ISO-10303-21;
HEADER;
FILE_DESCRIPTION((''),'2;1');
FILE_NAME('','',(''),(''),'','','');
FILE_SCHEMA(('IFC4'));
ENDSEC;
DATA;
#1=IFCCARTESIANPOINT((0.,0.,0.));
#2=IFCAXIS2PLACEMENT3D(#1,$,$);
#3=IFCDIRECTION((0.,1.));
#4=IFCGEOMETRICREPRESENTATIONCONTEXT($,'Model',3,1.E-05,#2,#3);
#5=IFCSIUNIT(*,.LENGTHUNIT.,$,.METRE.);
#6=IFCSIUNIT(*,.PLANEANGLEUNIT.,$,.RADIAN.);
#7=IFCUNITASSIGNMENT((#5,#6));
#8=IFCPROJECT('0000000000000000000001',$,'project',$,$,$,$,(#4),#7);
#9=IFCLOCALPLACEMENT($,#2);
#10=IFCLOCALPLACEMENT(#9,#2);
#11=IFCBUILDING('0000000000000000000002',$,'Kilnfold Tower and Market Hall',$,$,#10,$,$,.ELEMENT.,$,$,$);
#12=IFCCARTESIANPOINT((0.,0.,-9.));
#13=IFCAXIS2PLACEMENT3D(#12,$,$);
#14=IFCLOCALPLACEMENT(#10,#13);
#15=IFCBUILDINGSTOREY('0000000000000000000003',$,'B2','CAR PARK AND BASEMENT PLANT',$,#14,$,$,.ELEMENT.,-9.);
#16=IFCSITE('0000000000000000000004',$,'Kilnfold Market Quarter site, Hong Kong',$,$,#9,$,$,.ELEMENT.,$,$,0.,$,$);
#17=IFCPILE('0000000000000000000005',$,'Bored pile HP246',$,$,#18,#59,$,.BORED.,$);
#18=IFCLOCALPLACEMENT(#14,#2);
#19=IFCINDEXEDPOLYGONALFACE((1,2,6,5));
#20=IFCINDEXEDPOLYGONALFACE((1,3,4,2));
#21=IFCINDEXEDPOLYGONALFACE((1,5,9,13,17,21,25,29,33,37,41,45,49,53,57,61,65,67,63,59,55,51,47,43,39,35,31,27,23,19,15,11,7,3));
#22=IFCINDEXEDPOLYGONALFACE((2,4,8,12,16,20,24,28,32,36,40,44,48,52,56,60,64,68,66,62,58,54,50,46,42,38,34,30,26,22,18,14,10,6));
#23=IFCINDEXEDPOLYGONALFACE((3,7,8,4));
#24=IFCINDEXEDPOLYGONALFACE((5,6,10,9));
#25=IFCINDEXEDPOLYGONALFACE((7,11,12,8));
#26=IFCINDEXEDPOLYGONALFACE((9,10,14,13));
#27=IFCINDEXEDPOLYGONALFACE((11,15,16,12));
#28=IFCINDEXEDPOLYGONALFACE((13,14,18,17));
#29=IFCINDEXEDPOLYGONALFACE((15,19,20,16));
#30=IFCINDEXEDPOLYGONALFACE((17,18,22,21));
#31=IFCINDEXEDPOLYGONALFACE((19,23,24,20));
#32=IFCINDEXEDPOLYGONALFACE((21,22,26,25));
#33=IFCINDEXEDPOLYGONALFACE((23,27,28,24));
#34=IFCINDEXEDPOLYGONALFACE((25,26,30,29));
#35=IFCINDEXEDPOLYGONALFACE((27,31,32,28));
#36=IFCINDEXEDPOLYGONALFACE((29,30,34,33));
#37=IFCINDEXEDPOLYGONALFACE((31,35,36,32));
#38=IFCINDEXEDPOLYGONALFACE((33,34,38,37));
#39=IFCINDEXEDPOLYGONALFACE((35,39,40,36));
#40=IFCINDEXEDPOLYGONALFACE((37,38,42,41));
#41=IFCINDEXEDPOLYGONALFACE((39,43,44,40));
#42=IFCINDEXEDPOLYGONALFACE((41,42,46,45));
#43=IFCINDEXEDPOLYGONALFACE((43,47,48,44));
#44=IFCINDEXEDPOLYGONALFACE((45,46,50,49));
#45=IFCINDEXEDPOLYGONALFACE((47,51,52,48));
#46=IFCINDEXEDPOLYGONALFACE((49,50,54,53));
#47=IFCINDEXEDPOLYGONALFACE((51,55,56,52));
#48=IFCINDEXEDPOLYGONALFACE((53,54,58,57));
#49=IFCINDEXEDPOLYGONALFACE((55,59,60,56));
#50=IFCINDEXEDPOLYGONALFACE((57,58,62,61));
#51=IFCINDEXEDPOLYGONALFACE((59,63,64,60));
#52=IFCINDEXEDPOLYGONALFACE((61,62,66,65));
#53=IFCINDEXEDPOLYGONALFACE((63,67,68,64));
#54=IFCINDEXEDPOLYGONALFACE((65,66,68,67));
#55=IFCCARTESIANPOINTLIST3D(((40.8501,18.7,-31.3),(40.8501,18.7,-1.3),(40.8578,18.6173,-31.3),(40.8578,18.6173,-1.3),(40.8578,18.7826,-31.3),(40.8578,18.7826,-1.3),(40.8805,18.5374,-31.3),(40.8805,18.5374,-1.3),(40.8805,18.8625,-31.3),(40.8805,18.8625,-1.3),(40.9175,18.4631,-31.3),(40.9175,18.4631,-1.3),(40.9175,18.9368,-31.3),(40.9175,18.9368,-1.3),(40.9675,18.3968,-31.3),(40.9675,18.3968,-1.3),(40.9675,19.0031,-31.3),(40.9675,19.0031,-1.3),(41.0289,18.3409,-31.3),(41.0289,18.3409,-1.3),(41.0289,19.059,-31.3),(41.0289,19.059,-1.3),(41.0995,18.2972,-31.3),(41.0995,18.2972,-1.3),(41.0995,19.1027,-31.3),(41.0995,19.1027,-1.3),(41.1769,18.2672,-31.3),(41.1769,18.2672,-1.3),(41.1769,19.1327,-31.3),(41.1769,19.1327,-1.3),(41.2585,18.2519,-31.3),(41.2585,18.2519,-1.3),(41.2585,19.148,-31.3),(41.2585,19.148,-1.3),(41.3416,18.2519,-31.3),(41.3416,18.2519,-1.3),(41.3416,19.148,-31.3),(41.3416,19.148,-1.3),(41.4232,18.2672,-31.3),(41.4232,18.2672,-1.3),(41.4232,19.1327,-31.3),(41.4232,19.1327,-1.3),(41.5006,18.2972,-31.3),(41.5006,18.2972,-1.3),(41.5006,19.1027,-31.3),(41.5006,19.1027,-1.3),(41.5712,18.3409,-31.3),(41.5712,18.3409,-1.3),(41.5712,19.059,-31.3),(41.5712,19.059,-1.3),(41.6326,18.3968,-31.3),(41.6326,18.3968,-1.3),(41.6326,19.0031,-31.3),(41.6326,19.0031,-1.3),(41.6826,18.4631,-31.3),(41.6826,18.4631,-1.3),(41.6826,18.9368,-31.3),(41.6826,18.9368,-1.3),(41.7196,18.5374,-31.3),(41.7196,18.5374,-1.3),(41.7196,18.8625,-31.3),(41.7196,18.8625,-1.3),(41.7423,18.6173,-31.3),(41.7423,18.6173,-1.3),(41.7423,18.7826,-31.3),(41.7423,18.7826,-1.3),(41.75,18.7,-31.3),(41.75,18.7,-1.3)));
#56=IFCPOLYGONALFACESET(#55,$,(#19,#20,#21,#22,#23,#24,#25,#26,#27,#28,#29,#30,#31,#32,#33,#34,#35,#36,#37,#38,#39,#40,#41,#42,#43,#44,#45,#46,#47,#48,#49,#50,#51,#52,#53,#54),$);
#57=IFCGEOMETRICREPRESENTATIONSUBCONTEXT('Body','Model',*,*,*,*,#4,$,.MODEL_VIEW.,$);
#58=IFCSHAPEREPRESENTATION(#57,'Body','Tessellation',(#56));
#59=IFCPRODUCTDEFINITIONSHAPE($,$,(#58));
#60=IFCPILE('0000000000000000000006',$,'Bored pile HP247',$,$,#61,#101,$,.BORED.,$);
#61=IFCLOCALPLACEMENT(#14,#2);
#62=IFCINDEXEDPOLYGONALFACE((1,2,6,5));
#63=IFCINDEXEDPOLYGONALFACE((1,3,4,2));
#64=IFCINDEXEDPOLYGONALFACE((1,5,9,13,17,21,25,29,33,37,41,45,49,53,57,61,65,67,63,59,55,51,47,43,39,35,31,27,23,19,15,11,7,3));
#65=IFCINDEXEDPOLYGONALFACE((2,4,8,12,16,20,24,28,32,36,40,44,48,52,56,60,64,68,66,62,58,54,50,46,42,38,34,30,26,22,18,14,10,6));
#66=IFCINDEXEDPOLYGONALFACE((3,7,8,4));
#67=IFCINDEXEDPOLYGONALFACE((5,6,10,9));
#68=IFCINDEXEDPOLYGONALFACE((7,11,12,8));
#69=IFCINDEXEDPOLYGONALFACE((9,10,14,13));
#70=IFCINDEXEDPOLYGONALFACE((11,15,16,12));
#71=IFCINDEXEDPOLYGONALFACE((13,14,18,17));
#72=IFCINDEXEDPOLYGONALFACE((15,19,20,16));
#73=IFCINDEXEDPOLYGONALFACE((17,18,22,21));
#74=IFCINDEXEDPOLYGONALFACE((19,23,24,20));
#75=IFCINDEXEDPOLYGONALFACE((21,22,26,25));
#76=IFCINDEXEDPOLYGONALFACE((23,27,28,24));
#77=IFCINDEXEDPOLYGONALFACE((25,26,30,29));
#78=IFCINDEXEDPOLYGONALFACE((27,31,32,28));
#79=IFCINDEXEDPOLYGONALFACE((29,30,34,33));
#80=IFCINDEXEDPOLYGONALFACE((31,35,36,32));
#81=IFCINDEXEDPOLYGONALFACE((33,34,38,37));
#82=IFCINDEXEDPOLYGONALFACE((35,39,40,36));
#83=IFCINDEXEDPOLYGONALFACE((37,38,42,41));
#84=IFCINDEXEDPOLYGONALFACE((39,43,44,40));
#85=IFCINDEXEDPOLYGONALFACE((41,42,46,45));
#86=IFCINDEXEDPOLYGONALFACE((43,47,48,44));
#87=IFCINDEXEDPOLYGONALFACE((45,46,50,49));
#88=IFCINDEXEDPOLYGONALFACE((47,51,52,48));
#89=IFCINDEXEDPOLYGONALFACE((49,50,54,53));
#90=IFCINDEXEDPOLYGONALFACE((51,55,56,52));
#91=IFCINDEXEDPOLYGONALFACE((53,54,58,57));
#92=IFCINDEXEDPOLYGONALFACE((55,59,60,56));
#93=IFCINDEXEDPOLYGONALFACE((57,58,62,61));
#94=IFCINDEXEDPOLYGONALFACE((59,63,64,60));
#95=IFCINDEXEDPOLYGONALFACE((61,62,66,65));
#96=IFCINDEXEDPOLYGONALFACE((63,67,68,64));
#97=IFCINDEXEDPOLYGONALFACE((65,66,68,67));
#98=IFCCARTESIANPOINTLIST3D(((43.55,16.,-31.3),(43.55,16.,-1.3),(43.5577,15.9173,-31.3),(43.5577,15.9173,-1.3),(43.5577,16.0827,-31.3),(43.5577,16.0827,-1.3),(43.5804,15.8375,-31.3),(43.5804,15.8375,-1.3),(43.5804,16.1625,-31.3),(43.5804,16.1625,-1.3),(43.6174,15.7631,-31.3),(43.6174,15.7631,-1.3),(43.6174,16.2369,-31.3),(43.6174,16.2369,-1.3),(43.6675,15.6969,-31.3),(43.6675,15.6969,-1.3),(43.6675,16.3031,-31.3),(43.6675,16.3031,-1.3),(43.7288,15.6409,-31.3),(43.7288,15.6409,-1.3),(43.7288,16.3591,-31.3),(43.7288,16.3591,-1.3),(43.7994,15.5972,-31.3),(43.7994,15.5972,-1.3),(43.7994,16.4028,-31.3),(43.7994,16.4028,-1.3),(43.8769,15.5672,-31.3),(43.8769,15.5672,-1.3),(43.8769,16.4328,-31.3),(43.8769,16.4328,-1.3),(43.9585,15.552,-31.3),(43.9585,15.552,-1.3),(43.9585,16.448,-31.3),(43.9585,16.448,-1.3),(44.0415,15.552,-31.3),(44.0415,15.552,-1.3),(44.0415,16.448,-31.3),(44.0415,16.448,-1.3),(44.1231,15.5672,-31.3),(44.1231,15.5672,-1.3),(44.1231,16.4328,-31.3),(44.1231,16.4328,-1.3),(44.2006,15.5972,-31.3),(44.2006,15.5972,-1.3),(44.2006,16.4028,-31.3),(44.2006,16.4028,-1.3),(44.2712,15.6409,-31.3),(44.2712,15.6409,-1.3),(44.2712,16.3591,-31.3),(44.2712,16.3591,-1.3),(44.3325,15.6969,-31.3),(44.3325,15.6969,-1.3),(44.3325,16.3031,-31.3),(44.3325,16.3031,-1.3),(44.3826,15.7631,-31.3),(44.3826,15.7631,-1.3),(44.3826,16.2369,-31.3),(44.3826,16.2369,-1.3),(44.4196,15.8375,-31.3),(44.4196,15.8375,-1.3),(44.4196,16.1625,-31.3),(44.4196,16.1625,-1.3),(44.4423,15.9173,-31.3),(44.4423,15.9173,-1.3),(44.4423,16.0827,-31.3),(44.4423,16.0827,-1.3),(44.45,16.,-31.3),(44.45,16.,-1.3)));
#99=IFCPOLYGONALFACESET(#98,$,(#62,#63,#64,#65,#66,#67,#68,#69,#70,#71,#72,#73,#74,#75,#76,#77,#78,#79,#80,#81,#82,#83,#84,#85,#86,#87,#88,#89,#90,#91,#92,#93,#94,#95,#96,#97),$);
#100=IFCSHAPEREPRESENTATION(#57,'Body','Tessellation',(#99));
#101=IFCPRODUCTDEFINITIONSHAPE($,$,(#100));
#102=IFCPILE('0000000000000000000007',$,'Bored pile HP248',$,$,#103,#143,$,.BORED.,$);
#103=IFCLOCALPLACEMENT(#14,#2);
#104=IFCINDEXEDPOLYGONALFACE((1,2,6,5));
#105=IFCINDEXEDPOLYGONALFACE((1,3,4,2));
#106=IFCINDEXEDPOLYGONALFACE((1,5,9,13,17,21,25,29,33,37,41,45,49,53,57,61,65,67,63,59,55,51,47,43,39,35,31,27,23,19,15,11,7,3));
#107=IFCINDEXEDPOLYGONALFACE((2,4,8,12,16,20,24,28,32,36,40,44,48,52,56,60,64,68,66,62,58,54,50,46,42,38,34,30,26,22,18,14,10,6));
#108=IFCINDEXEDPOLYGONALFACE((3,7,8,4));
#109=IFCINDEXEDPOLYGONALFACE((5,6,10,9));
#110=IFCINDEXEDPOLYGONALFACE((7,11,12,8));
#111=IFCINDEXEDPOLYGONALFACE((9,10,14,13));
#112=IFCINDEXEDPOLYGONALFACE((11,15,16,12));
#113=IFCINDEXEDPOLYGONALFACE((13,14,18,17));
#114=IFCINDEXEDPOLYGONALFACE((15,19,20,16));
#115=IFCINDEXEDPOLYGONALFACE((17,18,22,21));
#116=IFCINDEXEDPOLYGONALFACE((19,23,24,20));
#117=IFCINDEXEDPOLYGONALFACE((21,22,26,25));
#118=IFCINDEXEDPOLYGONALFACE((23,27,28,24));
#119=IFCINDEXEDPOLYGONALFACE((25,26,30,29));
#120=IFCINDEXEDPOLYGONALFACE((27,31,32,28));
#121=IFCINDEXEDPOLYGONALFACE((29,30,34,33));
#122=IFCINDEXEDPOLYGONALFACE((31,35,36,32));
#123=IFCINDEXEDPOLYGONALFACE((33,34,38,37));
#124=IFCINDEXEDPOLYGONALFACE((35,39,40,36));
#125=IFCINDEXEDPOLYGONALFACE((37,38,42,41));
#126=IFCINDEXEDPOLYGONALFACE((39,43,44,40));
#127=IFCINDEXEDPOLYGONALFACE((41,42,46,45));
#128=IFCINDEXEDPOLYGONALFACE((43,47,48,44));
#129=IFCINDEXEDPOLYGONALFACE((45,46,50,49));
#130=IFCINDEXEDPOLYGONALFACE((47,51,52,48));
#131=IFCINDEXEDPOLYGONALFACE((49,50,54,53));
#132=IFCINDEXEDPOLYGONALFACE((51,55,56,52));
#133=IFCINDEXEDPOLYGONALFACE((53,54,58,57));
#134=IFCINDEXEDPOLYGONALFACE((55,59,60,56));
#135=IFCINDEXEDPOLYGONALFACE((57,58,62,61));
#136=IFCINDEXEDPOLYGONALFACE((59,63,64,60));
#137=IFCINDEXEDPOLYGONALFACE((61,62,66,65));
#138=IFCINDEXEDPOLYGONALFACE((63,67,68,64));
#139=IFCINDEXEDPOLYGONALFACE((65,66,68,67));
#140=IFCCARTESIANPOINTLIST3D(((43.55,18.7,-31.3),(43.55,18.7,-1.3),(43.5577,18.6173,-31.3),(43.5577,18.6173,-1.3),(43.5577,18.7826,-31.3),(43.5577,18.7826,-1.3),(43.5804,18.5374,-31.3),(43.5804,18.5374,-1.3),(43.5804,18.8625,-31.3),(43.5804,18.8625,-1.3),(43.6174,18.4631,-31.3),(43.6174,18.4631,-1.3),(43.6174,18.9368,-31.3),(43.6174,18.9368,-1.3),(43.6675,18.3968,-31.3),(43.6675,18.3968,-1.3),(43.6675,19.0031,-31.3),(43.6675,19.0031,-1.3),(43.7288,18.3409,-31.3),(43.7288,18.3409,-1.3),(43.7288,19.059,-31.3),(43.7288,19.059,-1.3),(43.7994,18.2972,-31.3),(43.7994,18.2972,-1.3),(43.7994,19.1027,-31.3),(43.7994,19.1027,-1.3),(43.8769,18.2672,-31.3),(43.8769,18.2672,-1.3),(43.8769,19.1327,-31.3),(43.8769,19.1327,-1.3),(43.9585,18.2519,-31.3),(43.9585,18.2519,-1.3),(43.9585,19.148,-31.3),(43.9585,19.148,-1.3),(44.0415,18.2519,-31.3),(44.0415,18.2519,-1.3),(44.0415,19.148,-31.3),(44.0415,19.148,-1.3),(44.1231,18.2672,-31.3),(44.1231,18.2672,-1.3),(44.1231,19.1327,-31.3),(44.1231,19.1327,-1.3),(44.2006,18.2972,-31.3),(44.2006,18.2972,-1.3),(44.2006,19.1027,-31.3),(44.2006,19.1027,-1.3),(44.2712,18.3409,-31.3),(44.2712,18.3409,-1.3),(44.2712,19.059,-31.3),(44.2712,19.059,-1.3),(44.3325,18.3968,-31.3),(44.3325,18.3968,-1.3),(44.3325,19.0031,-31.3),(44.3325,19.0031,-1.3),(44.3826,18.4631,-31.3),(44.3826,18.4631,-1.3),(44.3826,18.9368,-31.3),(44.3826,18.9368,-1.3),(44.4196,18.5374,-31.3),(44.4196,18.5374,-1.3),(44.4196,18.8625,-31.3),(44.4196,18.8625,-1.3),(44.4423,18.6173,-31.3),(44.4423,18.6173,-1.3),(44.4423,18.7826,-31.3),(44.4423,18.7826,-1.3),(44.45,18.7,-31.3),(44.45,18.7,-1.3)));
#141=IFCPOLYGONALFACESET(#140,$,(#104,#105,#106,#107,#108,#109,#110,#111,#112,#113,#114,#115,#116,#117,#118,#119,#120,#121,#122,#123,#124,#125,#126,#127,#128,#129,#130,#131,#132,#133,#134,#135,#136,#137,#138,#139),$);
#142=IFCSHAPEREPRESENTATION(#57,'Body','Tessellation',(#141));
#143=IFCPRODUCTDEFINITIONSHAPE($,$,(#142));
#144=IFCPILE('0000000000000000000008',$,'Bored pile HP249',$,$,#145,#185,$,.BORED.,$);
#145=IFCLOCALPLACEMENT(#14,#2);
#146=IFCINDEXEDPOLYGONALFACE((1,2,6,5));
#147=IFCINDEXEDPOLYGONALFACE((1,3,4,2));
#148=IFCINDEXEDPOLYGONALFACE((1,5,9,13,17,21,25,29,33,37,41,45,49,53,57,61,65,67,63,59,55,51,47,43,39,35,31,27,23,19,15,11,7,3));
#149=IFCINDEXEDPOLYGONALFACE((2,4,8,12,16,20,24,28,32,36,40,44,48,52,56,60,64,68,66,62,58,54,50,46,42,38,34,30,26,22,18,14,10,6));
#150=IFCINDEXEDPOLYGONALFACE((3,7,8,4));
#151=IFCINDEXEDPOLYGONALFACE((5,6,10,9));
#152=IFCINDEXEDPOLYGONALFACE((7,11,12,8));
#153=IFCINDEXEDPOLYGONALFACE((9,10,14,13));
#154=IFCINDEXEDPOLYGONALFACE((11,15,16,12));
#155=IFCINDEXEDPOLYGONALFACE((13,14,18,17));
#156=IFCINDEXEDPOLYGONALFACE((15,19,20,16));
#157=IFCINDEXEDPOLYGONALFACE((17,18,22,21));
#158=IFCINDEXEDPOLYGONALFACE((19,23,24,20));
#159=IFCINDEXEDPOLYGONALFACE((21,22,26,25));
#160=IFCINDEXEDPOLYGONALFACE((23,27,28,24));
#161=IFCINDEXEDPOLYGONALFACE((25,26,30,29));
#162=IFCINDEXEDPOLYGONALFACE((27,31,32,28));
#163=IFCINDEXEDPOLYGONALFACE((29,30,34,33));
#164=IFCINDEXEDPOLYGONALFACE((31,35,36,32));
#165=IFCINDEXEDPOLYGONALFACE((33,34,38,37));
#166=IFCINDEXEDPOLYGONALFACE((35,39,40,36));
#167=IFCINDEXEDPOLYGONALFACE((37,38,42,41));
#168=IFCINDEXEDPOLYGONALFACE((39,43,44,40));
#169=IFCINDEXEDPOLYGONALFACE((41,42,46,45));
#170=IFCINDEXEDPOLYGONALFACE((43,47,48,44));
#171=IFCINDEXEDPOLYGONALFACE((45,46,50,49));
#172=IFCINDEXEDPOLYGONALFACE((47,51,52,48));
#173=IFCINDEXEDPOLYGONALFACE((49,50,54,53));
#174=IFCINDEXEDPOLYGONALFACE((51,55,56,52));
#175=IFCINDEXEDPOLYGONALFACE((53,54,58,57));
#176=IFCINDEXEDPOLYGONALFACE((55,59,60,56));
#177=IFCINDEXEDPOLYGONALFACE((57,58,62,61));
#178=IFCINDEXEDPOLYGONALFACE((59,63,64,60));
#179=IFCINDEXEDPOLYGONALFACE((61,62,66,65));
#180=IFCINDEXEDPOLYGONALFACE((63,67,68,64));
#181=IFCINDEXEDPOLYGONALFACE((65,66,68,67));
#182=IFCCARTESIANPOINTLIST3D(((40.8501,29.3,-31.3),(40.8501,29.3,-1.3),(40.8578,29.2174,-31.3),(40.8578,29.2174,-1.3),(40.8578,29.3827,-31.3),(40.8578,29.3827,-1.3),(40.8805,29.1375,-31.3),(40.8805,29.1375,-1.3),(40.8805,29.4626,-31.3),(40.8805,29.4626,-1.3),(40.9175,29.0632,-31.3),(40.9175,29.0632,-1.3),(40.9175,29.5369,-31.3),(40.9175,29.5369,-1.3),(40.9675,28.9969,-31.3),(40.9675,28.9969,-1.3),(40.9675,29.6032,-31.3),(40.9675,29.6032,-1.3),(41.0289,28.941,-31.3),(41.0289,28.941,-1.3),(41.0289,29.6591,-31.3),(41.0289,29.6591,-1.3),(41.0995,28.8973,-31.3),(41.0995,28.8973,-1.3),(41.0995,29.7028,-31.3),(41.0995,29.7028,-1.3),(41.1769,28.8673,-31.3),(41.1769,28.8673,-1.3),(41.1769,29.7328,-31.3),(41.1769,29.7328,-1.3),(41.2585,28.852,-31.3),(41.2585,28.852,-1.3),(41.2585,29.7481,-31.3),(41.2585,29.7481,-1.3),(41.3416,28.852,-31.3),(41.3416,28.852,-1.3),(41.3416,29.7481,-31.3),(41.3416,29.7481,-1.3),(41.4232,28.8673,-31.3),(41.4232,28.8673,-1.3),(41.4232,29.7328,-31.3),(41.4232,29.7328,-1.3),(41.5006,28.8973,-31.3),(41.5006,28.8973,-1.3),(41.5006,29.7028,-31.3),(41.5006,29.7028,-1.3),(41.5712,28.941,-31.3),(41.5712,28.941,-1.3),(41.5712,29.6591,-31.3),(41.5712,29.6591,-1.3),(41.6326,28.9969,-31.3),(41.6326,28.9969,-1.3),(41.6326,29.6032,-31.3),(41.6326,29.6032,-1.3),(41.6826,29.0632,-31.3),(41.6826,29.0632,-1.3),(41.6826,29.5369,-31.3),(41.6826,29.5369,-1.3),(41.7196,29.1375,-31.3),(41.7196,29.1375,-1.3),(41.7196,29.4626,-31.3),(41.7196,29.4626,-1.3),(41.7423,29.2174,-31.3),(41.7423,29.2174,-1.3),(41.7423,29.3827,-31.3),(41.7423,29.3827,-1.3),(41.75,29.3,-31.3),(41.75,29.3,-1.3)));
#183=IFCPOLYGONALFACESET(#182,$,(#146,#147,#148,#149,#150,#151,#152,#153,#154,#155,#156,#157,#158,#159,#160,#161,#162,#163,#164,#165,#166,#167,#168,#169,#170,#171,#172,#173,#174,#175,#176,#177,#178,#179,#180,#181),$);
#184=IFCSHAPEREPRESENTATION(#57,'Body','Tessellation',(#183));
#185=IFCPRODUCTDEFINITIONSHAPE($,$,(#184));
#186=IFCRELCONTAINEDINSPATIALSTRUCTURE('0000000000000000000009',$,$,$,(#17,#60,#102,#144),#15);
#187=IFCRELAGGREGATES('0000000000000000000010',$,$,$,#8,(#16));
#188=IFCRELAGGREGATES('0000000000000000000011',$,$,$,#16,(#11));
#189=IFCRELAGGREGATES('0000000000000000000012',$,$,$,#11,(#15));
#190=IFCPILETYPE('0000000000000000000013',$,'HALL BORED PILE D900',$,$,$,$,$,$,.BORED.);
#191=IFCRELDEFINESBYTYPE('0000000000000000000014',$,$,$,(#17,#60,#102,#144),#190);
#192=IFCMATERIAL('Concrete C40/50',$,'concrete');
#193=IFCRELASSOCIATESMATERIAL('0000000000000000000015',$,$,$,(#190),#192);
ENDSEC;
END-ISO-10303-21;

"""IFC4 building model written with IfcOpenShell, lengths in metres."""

from ifc_helpers import new_model, si_unit, direction, frame, origin, origin_2d, place, context, subcontext, project, spatial, circle, extrude, source, transform, mapped, material, material_profile, profile_set, type_object, element, save


model = new_model("IFC4")

# Units and contexts
model_context = context("Model", 3, precision=1e-05, world=origin(), true_north=direction((0.0, 1.0)))
body_context = subcontext(model_context, "Body", "Model", "MODEL_VIEW")
ifc_project = project(units=[si_unit("LENGTHUNIT", "METRE"), si_unit("PLANEANGLEUNIT", "RADIAN")], contexts=[model_context])

# Site, building, storey
site_placement = place(None, origin())
site = spatial("IfcSite", under=ifc_project, at=site_placement, Name="Kilnfold Market Quarter site, Hong Kong", CompositionType="ELEMENT", RefElevation=0.0)
building_placement = place(site_placement, origin())
building = spatial("IfcBuilding", under=site, at=building_placement, Name="Kilnfold Tower and Market Hall", CompositionType="ELEMENT")
storey_placement = place(building_placement, frame((0.0, 0.0, -9.0)))
storey = spatial("IfcBuildingStorey", under=building, at=storey_placement, Name="B2", Description="CAR PARK AND BASEMENT PLANT", CompositionType="ELEMENT", Elevation=-9.0)

# Piles
ifc_material_1 = material(Name="Concrete C40/50", Category="concrete")
ifc_material_profile_1 = material_profile(ifc_material_1, circle(Radius=0.45, at=origin_2d()), Name="D900")
ifc_profile_set_1 = profile_set([ifc_material_profile_1], Name="Concrete C40/50")
pile_type = type_object("IfcPileType", Name="HALL BORED PILE D900", PredefinedType="BORED", material=ifc_profile_set_1)
shared_shape_1 = source(origin(), body_context, "Body", "SweptSolid", [
    extrude(circle(Radius=0.45, at=origin_2d()), origin(), (0.0, 0.0, 1.0), 30.0),
])
for number, where, z_axis, x_axis, name in (
    (1, (41.3, 18.7, -1.3), (0.0, 0.0, -1.0), (1.0, 0.0, 0.0), "Bored pile HP246"),
    (2, (44.0, 16.0, -1.3), (0.0, 0.0, -1.0), (1.0, 0.0, 0.0), "Bored pile HP247"),
    (3, (44.0, 18.7, -1.3), (0.0, 0.0, -1.0), (1.0, 0.0, 0.0), "Bored pile HP248"),
    (4, (41.3, 29.3, -1.3), (0.0, 0.0, -1.0), (1.0, 0.0, 0.0), "Bored pile HP249"),
):
    element("IfcPile", number, at=place(storey_placement, frame(where, z_axis=z_axis, x_axis=x_axis)), inside=storey, type_object=pile_type, Name=name, PredefinedType="BORED", context=body_context, shape_type="MappedRepresentation", body=[
        mapped(shared_shape_1, transform((0.0, 0.0, 0.0))),
    ])

save(model, "model.ifc")
